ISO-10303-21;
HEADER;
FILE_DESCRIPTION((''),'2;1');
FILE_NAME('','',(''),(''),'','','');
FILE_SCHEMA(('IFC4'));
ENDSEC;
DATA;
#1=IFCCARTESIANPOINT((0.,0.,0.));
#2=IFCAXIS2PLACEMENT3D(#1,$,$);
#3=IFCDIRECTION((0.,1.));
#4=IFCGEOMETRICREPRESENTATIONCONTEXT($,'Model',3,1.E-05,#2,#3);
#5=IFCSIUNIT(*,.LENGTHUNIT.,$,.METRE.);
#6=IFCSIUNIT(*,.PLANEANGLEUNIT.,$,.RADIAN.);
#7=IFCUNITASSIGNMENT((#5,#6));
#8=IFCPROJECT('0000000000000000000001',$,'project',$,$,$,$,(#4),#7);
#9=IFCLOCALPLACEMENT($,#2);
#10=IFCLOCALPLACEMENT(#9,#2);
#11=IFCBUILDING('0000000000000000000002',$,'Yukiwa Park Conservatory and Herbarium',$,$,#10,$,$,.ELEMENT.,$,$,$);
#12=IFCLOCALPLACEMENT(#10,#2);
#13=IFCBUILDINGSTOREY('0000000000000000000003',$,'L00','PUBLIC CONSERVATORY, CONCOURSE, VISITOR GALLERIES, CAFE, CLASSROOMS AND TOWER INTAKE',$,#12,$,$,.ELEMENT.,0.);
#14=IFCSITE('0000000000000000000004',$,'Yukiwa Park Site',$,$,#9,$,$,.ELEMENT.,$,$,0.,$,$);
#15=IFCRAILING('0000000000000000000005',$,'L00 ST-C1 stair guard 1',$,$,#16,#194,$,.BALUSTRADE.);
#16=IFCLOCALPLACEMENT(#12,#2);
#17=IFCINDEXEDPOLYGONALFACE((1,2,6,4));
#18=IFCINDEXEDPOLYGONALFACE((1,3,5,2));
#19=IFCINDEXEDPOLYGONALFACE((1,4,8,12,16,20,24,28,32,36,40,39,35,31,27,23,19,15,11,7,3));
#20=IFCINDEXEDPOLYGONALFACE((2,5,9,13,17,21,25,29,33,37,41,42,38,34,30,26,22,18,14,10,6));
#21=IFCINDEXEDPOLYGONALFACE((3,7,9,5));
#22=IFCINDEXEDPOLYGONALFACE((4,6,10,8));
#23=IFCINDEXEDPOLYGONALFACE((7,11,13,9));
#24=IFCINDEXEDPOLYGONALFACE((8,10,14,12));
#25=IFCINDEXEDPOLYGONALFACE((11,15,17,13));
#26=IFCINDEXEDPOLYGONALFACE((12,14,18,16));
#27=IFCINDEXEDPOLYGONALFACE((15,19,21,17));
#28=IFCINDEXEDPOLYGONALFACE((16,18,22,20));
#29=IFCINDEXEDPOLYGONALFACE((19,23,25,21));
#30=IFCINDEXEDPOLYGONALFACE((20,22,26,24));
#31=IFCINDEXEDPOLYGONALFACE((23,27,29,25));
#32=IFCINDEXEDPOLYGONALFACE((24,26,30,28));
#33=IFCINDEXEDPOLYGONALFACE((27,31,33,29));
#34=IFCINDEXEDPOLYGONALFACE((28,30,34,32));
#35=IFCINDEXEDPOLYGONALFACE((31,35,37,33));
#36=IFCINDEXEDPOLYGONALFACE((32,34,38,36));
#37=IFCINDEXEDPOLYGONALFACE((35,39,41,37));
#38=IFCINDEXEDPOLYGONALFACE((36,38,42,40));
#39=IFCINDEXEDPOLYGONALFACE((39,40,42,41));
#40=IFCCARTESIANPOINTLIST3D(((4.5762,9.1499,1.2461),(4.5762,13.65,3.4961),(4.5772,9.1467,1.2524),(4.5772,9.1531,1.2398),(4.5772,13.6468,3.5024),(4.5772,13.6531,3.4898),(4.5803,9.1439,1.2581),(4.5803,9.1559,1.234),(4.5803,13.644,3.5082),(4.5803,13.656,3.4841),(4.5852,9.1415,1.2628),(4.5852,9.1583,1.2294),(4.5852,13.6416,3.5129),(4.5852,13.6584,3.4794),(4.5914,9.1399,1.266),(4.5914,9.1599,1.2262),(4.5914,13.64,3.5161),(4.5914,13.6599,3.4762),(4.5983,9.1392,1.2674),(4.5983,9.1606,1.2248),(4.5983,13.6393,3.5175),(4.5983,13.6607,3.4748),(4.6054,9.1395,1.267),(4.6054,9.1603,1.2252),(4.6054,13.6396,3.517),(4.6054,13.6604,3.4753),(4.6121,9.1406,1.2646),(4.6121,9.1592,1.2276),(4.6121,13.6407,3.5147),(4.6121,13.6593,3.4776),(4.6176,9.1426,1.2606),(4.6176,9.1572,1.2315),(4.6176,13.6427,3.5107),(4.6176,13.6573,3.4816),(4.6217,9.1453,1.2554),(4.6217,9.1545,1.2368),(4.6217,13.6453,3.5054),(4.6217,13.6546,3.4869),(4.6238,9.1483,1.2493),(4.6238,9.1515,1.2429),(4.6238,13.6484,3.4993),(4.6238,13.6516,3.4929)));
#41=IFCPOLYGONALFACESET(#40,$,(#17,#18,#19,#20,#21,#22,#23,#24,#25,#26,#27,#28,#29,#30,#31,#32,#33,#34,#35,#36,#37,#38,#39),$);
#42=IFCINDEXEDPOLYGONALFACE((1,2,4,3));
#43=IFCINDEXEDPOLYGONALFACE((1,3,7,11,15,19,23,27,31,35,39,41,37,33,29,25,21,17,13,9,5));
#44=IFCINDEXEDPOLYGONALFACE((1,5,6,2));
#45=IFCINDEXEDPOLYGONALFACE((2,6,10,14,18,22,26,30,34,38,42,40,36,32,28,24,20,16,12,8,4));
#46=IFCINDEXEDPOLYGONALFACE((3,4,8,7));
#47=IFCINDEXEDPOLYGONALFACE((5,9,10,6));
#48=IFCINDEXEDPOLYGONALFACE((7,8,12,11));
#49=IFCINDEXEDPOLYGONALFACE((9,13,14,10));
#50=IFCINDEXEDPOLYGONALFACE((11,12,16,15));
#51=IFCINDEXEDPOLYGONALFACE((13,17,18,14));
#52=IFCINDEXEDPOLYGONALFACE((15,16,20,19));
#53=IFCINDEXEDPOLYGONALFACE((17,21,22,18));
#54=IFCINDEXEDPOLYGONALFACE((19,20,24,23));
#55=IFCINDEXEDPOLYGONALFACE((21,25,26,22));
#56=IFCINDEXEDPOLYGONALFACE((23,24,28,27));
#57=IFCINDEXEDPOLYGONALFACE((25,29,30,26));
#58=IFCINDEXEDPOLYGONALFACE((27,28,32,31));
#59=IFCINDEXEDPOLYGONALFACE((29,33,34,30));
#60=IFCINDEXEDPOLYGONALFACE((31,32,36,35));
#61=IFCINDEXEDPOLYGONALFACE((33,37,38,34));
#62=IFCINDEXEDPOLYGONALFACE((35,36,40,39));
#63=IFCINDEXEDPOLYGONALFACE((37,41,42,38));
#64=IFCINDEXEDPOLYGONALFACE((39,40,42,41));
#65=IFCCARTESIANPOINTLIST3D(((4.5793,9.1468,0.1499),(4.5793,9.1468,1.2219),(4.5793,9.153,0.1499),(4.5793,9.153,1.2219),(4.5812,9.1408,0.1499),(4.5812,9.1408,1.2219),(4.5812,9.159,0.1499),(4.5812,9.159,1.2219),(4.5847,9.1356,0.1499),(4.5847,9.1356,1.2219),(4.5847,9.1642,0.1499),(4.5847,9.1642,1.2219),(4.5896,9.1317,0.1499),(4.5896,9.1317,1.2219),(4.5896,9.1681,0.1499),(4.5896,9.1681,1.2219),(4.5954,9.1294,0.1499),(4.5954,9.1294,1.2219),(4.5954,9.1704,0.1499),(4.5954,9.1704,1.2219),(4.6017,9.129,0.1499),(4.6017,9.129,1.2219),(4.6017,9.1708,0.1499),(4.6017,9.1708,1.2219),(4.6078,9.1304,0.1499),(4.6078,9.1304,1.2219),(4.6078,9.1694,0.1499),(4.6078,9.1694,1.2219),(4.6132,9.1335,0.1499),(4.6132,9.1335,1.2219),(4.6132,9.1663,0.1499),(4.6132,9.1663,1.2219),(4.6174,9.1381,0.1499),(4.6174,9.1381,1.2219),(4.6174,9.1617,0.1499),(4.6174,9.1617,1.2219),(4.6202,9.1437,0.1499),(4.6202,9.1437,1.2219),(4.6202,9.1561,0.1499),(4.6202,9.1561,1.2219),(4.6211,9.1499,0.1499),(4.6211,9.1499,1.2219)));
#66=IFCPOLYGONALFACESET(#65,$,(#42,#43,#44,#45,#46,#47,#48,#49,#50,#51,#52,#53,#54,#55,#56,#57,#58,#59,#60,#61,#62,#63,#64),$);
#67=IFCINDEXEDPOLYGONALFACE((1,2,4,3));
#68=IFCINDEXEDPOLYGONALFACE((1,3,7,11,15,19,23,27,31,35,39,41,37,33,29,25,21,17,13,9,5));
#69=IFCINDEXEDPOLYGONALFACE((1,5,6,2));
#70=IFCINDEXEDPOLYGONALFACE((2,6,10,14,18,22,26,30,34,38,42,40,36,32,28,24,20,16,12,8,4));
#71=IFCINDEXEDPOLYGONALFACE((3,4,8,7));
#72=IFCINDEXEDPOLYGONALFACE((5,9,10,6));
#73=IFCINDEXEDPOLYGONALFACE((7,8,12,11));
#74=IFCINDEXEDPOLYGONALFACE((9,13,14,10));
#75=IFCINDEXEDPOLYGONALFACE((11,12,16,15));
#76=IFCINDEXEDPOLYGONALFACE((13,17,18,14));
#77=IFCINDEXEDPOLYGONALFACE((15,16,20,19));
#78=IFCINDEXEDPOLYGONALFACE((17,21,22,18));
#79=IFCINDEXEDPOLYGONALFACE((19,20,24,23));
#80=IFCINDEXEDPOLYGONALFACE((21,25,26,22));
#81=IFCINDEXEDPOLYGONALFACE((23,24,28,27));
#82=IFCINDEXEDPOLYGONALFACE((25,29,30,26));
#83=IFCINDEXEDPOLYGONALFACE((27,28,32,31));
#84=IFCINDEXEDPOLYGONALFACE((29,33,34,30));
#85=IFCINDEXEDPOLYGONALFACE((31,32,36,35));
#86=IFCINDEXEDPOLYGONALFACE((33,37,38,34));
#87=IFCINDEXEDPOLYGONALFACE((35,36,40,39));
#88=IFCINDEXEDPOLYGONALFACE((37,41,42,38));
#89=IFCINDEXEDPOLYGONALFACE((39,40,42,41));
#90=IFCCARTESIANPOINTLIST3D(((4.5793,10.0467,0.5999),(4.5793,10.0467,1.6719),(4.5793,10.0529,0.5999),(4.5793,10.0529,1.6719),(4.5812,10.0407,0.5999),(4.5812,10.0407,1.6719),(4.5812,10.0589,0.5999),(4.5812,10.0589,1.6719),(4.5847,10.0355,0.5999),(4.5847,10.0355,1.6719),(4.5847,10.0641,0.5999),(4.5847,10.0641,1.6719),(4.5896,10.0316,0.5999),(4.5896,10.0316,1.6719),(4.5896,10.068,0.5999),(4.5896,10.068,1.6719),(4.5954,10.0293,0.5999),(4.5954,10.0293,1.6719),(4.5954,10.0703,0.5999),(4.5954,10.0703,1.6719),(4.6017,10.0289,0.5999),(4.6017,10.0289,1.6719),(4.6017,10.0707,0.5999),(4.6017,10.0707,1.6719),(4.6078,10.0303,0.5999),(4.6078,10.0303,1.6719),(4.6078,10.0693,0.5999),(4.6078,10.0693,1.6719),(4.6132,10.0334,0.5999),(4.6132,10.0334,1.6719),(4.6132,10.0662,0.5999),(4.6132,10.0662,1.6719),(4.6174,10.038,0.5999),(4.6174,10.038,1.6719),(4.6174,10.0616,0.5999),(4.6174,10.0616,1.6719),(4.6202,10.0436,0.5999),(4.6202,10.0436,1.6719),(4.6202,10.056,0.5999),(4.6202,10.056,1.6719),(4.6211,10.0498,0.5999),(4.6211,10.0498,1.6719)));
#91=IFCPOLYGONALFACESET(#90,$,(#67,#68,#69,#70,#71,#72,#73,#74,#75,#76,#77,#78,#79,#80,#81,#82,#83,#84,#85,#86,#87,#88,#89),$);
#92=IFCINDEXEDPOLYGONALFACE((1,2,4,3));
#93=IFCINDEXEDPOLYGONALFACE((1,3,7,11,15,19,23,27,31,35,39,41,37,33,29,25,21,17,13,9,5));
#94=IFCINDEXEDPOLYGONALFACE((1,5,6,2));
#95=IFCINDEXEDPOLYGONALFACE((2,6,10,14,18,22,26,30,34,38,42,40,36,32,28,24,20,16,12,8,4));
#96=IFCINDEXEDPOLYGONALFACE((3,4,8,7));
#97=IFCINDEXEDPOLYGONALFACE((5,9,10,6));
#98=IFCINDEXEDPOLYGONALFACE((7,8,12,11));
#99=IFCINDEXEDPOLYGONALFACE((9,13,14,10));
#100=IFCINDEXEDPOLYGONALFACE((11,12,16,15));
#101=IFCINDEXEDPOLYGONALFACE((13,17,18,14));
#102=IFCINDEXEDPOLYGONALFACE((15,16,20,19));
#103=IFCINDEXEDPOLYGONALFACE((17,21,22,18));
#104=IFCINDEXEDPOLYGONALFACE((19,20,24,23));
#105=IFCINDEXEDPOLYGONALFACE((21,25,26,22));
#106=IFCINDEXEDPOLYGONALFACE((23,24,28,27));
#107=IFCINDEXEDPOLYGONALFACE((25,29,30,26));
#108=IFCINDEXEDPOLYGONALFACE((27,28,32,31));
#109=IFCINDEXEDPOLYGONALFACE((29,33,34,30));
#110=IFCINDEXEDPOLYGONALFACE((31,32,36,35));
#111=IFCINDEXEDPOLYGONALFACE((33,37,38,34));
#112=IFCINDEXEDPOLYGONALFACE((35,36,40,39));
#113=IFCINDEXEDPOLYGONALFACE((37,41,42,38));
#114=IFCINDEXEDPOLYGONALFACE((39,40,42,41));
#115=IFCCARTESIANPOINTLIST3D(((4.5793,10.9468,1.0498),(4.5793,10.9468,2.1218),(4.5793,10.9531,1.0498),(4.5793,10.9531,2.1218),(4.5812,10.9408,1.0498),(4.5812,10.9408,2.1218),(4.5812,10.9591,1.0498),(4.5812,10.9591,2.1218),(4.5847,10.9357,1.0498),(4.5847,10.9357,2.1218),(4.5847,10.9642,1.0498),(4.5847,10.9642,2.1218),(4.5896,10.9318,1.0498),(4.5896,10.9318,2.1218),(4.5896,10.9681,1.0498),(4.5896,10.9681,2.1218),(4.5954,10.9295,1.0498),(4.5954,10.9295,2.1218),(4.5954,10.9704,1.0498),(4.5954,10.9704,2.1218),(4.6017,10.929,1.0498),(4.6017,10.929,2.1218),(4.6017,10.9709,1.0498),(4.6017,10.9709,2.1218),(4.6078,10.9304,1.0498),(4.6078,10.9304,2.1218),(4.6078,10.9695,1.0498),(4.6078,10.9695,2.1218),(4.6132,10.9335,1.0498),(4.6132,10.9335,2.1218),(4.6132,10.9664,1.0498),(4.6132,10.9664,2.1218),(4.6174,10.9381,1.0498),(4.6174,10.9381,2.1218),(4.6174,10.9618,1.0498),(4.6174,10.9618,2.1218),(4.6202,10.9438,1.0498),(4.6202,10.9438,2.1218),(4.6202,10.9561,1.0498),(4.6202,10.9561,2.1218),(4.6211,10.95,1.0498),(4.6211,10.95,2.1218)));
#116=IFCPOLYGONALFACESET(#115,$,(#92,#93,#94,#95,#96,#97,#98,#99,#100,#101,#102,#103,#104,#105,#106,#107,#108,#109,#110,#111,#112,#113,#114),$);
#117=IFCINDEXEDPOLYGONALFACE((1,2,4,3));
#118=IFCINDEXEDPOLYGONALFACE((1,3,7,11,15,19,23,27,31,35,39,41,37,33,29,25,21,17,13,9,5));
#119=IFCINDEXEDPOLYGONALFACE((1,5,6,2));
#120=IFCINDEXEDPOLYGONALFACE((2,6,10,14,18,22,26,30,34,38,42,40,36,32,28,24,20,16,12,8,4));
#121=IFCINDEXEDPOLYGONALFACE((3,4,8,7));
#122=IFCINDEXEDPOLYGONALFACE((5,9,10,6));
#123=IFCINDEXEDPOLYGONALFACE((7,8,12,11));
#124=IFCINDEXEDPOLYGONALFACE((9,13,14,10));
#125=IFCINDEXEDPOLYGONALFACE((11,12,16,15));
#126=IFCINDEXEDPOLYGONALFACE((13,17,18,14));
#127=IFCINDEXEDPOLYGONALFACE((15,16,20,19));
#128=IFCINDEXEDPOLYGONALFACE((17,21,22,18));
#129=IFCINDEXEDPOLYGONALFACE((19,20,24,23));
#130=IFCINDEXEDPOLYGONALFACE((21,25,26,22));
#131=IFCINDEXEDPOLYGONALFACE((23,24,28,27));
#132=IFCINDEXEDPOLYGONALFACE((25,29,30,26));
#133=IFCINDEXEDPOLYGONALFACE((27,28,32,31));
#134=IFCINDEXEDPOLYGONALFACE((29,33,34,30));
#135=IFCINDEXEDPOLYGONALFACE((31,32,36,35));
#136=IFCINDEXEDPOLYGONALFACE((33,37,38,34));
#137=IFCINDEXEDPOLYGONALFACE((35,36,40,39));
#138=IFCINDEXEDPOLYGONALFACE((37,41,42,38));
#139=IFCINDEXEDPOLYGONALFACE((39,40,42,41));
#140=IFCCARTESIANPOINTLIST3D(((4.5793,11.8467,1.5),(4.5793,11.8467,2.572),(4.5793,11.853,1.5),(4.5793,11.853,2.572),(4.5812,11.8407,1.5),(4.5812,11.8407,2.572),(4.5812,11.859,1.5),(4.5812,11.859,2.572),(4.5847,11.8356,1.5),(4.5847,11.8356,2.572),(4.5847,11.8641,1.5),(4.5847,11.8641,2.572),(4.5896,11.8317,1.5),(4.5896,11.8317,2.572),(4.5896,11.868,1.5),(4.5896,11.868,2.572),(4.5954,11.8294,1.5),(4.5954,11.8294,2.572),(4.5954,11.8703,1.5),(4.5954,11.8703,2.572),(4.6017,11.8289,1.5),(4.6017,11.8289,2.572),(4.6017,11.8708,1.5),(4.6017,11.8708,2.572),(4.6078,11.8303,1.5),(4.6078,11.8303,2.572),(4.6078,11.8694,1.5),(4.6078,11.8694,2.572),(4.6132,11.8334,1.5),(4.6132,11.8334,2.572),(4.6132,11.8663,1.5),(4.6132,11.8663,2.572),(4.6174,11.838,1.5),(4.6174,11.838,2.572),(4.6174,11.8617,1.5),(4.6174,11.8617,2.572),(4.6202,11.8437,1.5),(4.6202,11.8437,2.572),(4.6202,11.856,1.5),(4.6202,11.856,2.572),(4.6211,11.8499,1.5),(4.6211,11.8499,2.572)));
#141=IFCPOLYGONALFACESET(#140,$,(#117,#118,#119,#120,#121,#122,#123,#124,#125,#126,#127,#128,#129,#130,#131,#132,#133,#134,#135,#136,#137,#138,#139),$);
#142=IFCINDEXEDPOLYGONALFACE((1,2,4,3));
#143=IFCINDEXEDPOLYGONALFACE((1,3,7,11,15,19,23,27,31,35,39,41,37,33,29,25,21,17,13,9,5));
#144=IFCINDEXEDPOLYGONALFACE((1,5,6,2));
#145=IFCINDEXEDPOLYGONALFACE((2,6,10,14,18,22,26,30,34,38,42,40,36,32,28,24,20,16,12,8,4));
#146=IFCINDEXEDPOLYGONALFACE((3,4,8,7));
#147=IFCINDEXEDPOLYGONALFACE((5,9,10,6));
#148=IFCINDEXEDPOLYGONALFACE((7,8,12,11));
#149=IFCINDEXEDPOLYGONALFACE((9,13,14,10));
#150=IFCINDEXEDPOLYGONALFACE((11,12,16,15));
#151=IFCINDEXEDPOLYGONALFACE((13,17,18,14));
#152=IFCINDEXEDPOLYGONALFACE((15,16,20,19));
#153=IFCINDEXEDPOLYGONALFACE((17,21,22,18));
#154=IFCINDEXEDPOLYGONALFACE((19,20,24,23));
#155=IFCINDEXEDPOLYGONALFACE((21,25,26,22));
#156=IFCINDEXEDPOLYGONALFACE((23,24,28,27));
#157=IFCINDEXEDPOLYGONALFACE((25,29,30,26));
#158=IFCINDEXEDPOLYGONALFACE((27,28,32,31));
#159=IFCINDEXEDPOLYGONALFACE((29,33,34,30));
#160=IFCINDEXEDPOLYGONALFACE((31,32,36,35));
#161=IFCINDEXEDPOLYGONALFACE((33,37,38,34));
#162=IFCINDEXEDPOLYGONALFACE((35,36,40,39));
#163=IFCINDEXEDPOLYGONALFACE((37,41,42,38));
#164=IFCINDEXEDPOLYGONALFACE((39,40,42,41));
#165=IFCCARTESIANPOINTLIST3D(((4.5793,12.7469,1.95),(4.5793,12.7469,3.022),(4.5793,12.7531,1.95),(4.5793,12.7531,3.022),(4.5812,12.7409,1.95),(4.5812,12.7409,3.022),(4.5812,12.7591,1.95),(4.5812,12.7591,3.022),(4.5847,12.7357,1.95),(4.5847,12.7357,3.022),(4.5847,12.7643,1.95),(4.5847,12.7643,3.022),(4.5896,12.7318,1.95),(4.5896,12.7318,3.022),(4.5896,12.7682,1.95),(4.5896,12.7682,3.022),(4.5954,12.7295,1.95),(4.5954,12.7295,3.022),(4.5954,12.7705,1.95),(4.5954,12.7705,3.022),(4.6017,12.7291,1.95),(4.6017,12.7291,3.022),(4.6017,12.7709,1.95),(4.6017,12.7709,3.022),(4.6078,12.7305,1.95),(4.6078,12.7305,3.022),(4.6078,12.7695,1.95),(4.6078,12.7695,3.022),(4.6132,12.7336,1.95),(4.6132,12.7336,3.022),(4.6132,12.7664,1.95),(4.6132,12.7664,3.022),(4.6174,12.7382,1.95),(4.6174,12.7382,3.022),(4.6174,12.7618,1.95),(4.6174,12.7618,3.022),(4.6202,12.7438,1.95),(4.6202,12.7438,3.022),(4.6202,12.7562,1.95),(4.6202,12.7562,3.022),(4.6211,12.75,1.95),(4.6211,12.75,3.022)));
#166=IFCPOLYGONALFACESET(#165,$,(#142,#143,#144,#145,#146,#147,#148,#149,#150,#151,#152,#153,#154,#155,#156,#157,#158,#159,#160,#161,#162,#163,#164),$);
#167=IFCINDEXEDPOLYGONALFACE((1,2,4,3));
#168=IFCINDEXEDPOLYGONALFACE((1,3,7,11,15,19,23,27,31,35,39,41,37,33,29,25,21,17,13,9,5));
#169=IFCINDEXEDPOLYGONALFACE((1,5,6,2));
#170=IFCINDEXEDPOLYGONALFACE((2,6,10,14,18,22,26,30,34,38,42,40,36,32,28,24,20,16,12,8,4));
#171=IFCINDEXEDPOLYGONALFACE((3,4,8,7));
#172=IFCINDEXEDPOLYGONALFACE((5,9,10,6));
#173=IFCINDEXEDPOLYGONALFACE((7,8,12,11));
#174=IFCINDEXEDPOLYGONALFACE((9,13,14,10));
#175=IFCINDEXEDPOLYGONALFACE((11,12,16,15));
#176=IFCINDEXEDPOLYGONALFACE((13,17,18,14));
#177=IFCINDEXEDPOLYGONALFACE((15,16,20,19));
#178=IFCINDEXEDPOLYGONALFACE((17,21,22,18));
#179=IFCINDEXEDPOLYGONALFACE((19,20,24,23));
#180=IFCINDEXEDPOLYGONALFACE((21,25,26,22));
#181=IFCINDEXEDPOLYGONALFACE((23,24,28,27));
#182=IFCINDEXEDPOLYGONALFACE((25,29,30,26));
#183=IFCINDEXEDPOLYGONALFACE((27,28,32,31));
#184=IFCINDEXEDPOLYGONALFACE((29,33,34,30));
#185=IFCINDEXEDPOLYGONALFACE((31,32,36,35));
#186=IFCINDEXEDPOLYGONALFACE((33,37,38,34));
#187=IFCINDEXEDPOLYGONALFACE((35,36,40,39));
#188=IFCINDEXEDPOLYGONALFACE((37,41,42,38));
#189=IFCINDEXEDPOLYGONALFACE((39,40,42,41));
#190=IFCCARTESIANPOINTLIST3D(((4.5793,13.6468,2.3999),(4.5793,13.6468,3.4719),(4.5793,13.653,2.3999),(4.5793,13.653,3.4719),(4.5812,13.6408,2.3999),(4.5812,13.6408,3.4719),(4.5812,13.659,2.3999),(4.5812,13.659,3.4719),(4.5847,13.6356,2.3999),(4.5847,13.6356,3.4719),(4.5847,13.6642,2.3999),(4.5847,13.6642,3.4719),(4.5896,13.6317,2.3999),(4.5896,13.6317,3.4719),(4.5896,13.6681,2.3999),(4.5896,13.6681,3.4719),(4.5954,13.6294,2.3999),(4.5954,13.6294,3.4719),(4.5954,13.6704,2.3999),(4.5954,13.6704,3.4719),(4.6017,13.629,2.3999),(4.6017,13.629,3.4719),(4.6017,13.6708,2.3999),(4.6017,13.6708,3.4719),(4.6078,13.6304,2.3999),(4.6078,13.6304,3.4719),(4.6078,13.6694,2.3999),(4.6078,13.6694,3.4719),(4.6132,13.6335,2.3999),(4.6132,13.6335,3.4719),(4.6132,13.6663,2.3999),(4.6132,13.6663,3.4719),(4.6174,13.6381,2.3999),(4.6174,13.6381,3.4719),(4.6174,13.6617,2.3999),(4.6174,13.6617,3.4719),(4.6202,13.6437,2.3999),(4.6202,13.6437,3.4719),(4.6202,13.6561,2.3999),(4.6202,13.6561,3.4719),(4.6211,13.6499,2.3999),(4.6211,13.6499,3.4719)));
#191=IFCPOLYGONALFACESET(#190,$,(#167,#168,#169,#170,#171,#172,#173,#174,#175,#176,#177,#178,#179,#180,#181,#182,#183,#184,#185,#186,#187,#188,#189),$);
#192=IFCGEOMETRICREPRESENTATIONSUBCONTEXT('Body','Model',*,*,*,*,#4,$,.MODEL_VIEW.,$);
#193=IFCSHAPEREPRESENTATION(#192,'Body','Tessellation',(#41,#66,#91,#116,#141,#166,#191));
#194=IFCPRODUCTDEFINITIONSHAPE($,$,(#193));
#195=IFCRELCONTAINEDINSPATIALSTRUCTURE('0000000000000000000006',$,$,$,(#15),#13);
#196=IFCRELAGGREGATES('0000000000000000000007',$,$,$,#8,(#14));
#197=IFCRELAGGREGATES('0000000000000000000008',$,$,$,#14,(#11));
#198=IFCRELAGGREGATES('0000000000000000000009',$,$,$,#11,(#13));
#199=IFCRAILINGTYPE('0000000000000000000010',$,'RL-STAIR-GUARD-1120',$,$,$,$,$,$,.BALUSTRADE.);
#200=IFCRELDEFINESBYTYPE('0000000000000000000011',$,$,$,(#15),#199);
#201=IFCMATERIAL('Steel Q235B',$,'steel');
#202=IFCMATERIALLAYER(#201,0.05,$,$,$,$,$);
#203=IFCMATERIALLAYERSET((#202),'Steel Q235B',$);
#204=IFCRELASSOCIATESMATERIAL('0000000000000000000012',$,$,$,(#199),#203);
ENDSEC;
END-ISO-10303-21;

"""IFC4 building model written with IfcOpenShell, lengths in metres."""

from ifc_helpers import new_model, si_unit, direction, frame, origin, origin_2d, place, context, subcontext, project, spatial, circle, extrude, material, layer, layer_set, type_object, element, save


model = new_model("IFC4")

# Units and contexts
model_context = context("Model", 3, precision=1e-05, world=origin(), true_north=direction((0.0, 1.0)))
body_context = subcontext(model_context, "Body", "Model", "MODEL_VIEW")
ifc_project = project(units=[si_unit("LENGTHUNIT", "METRE"), si_unit("PLANEANGLEUNIT", "RADIAN")], contexts=[model_context])

# Site, building, storey
site_placement = place(None, origin())
site = spatial("IfcSite", under=ifc_project, at=site_placement, Name="Yukiwa Park Site", CompositionType="ELEMENT", RefElevation=0.0)
building_placement = place(site_placement, origin())
building = spatial("IfcBuilding", under=site, at=building_placement, Name="Yukiwa Park Conservatory and Herbarium", CompositionType="ELEMENT")
storey_placement = place(building_placement, origin())
storey = spatial("IfcBuildingStorey", under=building, at=storey_placement, Name="L00", Description="PUBLIC CONSERVATORY, CONCOURSE, VISITOR GALLERIES, CAFE, CLASSROOMS AND TOWER INTAKE", CompositionType="ELEMENT", Elevation=0.0)

# Railing
ifc_material_1 = material(Name="Steel Q235B", Category="steel")
ifc_layer_1 = layer(ifc_material_1, 0.05)
ifc_layer_set_1 = layer_set([ifc_layer_1], Name="Steel Q235B")
railing_type_1 = type_object("IfcRailingType", Name="RL-STAIR-GUARD-1120", PredefinedType="BALUSTRADE", material=ifc_layer_set_1)
railing_1_placement = place(storey_placement, frame((4.6001, 9.1499, 0.1499)))
element("IfcRailing", 1, at=railing_1_placement, inside=storey, type_object=railing_type_1, Name="L00 ST-C1 stair guard 1", PredefinedType="BALUSTRADE", context=body_context, shape_type="SweptSolid", body=[
    extrude(circle(Radius=0.0239, at=origin_2d()), frame((0.0, 0.0, 1.0962), z_axis=(0.0, 0.894427, 0.447214), x_axis=(-1.0, 0.0, 0.0)), (0.0, 0.0, 1.0), 5.0312),
    extrude(circle(Radius=0.021, at=origin_2d()), origin(), (0.0, 0.0, 1.0), 1.072),
    extrude(circle(Radius=0.021, at=origin_2d()), frame((0.0, 0.8999, 0.45)), (0.0, 0.0, 1.0), 1.072),
    extrude(circle(Radius=0.021, at=origin_2d()), frame((0.0, 1.8, 0.8999)), (0.0, 0.0, 1.0), 1.072),
    extrude(circle(Radius=0.021, at=origin_2d()), frame((0.0, 2.7, 1.3501)), (0.0, 0.0, 1.0), 1.072),
    extrude(circle(Radius=0.021, at=origin_2d()), frame((0.0, 3.6001, 1.8)), (0.0, 0.0, 1.0), 1.072),
    extrude(circle(Radius=0.021, at=origin_2d()), frame((0.0, 4.5, 2.25)), (0.0, 0.0, 1.0), 1.072),
])

save(model, "model.ifc")
